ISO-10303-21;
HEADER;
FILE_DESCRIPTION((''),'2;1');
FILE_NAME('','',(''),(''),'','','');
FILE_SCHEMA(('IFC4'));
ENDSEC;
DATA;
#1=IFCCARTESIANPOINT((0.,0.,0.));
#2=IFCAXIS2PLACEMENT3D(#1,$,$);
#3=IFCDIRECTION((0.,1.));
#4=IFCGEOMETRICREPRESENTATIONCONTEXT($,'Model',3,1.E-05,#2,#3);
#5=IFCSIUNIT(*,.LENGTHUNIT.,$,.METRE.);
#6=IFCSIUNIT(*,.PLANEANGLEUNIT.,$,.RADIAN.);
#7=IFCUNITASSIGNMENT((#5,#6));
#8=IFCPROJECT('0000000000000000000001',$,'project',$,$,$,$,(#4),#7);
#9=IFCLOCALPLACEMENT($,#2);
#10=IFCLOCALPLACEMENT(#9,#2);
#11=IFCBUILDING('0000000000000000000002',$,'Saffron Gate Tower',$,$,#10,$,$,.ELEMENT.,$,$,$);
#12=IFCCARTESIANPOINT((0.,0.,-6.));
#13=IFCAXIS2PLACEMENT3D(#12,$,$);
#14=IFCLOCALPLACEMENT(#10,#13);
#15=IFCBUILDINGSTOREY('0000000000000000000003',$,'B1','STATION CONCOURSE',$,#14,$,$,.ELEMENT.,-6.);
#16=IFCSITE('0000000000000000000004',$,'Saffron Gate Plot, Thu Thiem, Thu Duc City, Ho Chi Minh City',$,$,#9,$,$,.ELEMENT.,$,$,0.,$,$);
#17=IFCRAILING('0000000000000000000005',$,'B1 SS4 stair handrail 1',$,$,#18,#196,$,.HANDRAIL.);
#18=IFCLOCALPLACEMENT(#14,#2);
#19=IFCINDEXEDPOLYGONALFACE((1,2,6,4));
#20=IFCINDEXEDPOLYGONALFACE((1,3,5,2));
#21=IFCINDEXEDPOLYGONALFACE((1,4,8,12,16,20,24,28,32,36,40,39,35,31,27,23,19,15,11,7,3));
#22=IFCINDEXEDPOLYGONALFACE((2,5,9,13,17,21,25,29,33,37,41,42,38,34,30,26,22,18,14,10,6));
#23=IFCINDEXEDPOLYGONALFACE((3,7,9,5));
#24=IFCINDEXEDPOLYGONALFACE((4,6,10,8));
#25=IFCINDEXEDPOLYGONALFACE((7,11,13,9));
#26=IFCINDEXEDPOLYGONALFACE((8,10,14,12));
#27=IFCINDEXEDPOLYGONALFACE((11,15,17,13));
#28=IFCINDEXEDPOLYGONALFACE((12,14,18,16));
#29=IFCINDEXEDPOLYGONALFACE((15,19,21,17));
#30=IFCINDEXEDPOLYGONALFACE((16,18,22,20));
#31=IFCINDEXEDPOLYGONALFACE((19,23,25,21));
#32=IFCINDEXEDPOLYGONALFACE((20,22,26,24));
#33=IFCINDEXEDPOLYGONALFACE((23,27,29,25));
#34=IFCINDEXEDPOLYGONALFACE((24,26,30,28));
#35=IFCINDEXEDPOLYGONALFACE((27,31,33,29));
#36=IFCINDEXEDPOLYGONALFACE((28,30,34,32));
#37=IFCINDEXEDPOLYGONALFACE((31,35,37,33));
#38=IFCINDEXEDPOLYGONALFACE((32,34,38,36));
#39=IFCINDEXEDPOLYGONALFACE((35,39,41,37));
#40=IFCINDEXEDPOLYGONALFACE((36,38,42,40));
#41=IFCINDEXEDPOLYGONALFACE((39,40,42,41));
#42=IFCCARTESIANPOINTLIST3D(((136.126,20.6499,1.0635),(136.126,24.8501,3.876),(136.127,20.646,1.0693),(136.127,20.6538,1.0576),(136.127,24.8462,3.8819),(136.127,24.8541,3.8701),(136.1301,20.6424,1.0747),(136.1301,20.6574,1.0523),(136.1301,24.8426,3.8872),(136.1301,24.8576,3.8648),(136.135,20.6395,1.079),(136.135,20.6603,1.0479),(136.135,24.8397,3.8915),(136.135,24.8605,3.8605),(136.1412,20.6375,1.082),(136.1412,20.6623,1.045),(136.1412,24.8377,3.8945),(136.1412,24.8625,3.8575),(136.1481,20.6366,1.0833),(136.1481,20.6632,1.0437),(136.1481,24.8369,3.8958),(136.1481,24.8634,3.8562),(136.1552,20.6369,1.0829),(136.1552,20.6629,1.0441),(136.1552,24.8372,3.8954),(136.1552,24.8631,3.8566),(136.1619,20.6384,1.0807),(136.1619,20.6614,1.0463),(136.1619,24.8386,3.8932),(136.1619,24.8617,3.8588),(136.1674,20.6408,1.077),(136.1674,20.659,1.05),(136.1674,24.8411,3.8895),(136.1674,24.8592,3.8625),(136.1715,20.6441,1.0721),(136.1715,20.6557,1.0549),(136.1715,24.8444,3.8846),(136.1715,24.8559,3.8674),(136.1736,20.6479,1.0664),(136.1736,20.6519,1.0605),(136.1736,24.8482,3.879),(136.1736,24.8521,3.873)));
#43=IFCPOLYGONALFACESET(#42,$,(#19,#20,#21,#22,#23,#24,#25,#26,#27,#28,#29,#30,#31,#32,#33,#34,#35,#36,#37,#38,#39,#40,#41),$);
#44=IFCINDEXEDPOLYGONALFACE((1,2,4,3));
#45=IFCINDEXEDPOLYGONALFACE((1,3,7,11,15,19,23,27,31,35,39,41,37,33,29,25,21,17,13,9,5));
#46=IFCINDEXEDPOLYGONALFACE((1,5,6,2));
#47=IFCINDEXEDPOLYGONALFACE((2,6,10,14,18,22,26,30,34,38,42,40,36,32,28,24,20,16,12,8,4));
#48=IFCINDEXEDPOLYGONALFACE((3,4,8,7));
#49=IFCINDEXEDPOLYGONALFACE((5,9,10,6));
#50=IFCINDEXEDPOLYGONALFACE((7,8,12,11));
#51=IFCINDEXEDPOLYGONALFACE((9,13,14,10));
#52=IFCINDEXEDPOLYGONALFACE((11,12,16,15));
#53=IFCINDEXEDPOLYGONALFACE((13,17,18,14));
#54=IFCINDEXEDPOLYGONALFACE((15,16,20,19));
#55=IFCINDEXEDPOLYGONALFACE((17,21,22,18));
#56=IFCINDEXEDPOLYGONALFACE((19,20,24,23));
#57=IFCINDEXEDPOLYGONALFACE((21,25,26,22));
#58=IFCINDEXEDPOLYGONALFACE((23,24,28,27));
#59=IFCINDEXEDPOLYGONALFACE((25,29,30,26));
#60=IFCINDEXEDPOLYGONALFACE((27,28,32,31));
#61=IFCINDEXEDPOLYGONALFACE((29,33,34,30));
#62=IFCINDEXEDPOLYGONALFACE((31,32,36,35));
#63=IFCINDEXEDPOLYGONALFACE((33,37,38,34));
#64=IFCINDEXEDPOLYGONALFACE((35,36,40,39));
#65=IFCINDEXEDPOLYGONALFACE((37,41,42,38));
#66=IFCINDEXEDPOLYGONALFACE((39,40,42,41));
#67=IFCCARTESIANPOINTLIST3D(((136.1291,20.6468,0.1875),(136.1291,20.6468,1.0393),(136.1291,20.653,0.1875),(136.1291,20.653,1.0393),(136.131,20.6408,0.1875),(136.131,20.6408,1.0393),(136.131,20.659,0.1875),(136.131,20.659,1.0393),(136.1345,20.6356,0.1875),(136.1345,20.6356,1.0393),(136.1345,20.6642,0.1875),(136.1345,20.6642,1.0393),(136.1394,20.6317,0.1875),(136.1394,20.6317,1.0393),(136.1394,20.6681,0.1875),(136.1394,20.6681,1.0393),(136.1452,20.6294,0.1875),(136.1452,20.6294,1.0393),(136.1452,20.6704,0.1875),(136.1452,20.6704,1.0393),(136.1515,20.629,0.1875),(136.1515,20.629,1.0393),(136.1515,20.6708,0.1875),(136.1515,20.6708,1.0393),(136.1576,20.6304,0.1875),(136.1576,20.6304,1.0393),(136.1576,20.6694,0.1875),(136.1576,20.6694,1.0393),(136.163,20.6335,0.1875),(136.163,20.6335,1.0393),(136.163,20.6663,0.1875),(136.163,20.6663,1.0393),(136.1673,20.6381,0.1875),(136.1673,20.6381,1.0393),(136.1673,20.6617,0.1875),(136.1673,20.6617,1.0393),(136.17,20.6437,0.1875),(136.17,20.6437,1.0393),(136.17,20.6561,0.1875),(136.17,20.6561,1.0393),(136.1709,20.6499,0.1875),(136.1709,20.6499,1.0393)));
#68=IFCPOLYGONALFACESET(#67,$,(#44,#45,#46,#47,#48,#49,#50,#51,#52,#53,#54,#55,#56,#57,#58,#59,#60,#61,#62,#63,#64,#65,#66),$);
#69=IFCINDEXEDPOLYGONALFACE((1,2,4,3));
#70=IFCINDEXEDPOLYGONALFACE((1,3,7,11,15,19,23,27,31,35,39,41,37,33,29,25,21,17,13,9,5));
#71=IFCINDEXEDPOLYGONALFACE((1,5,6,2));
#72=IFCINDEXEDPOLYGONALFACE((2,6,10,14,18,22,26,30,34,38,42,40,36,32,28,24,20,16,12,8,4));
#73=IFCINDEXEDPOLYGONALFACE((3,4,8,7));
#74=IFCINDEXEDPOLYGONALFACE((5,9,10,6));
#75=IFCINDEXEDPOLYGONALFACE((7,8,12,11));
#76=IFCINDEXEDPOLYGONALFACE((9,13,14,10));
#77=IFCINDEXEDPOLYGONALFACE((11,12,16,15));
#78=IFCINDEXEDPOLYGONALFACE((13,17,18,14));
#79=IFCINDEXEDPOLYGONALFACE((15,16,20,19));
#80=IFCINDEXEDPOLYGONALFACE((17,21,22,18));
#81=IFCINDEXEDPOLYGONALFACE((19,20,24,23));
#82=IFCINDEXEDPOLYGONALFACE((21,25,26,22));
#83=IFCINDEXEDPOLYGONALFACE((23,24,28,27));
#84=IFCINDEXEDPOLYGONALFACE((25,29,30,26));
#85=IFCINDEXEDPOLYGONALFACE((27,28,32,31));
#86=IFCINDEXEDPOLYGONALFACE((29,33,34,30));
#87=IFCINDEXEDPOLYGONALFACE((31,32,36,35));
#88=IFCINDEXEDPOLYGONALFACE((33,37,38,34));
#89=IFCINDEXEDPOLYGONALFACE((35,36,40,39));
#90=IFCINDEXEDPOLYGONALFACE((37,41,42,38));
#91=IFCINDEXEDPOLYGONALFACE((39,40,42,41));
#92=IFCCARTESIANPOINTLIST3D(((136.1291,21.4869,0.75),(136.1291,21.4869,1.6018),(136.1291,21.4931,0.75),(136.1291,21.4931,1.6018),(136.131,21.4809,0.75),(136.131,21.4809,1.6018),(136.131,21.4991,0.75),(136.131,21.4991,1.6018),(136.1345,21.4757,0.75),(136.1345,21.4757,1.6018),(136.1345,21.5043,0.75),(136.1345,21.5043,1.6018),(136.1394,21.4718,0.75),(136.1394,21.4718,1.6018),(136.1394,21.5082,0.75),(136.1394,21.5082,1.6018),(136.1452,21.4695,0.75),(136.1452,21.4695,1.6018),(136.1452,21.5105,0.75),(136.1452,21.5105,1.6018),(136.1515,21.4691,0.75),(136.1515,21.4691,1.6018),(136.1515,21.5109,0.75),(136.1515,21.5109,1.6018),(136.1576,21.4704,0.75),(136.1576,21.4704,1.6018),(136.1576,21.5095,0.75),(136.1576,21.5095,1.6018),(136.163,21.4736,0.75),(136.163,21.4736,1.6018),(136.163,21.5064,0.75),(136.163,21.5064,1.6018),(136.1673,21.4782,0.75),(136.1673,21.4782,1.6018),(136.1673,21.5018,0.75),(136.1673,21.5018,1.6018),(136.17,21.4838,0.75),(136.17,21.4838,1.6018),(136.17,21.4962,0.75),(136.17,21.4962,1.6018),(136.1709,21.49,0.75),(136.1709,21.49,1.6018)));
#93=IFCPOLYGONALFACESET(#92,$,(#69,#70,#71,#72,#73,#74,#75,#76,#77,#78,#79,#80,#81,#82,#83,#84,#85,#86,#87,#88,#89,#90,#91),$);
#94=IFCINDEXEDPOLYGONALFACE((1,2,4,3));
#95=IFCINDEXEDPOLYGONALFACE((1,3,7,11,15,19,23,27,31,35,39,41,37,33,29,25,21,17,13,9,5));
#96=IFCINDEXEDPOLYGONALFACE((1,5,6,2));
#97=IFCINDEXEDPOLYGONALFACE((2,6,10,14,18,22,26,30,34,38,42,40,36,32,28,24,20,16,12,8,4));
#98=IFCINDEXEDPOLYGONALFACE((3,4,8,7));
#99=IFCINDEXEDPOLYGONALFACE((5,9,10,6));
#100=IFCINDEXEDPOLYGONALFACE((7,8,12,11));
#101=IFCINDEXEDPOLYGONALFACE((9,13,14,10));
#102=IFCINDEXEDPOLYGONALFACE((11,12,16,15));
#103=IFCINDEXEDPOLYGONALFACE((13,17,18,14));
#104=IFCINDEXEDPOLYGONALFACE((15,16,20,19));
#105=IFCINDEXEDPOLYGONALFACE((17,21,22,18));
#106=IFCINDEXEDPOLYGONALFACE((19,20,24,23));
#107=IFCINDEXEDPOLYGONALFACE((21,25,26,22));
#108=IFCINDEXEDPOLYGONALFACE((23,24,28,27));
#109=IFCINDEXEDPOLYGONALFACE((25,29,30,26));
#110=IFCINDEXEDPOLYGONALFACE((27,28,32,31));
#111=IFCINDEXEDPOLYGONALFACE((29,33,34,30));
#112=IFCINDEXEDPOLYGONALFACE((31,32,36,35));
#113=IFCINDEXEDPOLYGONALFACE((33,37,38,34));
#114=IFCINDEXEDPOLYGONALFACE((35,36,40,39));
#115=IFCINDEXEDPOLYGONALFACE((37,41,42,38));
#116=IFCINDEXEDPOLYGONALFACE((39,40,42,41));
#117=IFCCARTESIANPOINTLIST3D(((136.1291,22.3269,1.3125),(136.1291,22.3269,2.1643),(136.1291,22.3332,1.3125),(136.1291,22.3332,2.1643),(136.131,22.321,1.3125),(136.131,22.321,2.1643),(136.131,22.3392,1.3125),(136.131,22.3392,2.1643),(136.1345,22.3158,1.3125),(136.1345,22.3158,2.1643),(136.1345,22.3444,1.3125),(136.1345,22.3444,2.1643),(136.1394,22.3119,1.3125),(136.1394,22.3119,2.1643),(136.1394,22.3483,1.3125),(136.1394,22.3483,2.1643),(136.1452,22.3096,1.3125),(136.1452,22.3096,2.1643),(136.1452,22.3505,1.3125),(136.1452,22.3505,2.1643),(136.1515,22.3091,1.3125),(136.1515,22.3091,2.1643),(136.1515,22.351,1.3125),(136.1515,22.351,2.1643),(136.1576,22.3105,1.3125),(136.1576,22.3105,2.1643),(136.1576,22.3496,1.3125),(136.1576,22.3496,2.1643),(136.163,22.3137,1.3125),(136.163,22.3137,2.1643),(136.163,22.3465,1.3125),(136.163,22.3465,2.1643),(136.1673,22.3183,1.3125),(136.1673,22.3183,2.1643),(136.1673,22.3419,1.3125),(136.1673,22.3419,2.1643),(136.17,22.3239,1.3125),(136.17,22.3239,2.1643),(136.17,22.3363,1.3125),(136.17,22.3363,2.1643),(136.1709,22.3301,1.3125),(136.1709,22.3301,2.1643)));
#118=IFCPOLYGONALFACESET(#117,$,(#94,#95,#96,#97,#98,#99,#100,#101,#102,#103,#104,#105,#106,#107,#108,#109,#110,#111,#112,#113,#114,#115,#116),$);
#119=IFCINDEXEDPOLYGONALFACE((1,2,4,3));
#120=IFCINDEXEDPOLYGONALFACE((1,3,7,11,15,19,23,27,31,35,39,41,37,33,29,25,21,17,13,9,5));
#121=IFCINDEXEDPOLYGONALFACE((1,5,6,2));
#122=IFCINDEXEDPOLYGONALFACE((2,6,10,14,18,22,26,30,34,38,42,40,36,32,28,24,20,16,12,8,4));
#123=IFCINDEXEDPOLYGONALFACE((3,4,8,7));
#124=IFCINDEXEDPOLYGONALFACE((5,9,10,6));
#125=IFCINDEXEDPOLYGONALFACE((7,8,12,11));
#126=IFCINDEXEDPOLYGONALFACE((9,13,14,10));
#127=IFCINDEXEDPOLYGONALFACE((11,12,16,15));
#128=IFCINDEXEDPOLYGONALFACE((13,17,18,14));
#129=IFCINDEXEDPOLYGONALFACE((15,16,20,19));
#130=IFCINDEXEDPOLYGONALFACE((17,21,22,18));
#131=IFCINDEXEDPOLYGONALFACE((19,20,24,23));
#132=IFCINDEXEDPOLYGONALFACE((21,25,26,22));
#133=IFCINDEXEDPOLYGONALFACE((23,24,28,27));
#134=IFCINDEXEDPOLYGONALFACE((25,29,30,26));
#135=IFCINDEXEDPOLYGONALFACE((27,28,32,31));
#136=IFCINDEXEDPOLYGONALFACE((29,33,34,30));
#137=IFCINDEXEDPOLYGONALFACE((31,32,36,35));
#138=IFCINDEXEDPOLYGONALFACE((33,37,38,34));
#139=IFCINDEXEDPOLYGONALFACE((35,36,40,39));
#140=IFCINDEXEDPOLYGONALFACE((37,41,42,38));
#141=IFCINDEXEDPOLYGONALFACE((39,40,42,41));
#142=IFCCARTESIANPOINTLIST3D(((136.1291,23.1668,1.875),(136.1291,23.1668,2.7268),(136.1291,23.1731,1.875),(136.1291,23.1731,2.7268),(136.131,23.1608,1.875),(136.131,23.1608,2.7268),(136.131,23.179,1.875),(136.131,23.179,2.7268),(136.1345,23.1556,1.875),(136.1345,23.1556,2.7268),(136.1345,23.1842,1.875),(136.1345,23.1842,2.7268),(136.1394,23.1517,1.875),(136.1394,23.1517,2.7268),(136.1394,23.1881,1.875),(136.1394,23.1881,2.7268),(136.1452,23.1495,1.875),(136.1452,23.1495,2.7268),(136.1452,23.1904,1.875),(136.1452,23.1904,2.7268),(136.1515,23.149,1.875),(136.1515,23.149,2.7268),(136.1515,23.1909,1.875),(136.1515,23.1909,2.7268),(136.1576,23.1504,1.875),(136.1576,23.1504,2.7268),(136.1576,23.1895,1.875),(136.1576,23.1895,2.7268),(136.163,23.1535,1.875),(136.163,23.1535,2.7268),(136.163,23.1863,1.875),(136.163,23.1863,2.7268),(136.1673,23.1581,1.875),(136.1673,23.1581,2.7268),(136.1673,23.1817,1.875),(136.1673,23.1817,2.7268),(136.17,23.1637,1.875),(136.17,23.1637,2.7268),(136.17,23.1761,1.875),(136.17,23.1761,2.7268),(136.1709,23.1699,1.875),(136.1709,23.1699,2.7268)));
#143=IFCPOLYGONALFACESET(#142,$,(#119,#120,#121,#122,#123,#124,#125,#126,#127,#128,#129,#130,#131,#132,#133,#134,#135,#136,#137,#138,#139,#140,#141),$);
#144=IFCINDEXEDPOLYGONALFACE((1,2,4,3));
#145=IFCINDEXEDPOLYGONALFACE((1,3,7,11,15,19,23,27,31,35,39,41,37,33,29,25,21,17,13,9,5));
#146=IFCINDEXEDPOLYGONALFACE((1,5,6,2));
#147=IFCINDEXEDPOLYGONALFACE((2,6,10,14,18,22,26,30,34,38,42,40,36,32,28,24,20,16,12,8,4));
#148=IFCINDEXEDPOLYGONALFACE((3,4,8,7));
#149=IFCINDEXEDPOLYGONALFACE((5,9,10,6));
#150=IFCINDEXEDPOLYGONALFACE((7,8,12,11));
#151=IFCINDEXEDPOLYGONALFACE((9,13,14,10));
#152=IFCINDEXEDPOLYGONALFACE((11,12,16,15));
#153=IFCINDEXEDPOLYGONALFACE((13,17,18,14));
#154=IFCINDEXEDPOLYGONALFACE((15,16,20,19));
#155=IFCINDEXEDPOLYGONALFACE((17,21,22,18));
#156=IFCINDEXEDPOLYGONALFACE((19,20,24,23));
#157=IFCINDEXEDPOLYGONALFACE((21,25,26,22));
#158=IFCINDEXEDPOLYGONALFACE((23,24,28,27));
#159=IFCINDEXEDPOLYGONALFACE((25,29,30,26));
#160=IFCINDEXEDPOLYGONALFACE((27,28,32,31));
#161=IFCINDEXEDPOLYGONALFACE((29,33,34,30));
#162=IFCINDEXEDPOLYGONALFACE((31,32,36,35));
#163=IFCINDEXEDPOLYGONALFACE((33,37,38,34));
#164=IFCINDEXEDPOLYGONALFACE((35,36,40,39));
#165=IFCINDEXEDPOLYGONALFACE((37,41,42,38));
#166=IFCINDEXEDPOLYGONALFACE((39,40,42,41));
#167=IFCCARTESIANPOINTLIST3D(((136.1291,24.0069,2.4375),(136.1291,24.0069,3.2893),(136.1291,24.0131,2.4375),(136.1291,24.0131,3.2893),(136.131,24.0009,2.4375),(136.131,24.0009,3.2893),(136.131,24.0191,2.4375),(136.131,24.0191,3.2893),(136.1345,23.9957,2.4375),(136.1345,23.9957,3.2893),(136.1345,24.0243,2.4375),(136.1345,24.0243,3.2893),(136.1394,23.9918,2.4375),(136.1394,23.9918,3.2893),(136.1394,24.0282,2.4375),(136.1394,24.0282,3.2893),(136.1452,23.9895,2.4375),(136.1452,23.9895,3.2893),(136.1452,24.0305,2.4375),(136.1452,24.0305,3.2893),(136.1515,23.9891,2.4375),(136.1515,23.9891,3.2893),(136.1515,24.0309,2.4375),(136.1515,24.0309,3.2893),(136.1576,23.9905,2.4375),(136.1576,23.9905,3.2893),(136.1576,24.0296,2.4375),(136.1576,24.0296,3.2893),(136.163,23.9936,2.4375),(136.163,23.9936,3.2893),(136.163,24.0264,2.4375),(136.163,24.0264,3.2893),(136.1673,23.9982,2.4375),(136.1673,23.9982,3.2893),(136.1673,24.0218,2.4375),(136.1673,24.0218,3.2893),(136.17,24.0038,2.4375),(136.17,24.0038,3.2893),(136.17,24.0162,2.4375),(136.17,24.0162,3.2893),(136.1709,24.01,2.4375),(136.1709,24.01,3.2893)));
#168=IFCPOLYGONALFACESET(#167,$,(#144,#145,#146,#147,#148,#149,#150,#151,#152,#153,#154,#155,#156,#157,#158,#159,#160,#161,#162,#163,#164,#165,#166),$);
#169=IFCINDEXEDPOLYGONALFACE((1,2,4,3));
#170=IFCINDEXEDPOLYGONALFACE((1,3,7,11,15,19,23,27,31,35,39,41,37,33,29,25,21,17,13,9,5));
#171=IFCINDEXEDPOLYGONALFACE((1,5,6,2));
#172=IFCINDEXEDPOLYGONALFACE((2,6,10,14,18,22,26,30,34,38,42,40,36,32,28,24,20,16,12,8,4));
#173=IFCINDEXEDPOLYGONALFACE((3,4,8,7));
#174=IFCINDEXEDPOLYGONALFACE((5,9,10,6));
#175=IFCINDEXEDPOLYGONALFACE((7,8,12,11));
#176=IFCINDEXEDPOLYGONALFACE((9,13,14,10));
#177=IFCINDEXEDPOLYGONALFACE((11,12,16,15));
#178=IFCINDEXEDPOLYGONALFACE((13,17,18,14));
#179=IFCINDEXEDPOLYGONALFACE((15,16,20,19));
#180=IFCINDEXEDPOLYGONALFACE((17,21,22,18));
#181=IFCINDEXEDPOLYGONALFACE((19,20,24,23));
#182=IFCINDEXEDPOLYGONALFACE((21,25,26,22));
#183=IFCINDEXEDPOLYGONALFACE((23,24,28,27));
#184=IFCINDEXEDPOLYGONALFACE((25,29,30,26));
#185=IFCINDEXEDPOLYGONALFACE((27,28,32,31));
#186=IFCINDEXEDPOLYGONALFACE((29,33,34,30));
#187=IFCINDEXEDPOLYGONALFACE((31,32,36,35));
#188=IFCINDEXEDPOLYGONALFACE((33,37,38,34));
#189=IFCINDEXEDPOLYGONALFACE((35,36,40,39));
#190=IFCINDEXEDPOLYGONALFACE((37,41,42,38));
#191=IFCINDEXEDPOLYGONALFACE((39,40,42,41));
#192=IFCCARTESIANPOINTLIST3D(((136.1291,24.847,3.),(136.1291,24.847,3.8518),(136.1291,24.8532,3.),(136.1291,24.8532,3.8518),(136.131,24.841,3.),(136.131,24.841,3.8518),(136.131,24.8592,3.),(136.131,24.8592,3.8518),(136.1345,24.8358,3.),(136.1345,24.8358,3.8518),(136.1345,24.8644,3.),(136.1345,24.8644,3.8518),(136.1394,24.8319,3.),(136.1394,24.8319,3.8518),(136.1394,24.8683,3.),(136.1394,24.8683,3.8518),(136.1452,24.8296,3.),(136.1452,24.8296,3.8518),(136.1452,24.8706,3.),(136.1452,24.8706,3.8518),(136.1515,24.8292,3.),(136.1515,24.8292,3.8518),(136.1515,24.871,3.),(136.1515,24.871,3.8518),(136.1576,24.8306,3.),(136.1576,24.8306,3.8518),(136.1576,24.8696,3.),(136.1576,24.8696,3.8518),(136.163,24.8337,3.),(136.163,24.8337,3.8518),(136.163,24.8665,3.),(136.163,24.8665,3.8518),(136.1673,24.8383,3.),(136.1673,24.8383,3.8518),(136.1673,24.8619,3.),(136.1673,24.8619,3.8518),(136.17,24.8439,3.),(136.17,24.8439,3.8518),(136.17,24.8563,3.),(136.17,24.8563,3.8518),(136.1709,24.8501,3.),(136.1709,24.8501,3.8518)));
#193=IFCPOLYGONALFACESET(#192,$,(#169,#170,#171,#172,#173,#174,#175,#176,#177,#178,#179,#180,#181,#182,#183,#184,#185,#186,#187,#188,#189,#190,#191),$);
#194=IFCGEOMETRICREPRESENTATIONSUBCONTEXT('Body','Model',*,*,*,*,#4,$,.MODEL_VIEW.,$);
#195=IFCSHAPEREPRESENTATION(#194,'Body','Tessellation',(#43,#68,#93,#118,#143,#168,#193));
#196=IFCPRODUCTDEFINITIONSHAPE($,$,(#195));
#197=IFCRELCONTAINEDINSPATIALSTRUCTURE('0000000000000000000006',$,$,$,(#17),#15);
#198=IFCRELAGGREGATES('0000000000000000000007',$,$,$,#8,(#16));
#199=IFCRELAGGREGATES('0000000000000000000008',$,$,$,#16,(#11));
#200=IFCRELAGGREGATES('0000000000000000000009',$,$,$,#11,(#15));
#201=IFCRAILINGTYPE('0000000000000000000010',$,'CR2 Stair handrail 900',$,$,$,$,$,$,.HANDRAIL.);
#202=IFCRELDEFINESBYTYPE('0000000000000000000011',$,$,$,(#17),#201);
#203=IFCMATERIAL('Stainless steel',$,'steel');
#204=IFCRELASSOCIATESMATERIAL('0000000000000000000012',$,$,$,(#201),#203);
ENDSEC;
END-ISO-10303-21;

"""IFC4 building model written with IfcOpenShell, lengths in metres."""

from ifc_helpers import new_model, si_unit, direction, frame, origin, origin_2d, place, context, subcontext, project, spatial, circle, extrude, material, type_object, element, save


model = new_model("IFC4")

# Units and contexts
model_context = context("Model", 3, precision=1e-05, world=origin(), true_north=direction((0.0, 1.0)))
body_context = subcontext(model_context, "Body", "Model", "MODEL_VIEW")
ifc_project = project(units=[si_unit("LENGTHUNIT", "METRE"), si_unit("PLANEANGLEUNIT", "RADIAN")], contexts=[model_context])

# Site, building, storey
site_placement = place(None, origin())
site = spatial("IfcSite", under=ifc_project, at=site_placement, Name="Saffron Gate Plot, Thu Thiem, Thu Duc City, Ho Chi Minh City", CompositionType="ELEMENT", RefElevation=0.0)
building_placement = place(site_placement, origin())
building = spatial("IfcBuilding", under=site, at=building_placement, Name="Saffron Gate Tower", CompositionType="ELEMENT")
storey_placement = place(building_placement, frame((0.0, 0.0, -6.0)))
storey = spatial("IfcBuildingStorey", under=building, at=storey_placement, Name="B1", Description="STATION CONCOURSE", CompositionType="ELEMENT", Elevation=-6.0)

# Railing
ifc_material_1 = material(Name="Stainless steel", Category="steel")
railing_type_1 = type_object("IfcRailingType", Name="CR2 Stair handrail 900", PredefinedType="HANDRAIL", material=ifc_material_1)
railing_1_placement = place(storey_placement, frame((136.1499, 20.6499, 0.1875)))
element("IfcRailing", 1, at=railing_1_placement, inside=storey, type_object=railing_type_1, Name="B1 SS4 stair handrail 1", PredefinedType="HANDRAIL", context=body_context, shape_type="SweptSolid", body=[
    extrude(circle(Radius=0.0239, at=origin_2d()), frame((0.0, 0.0, 0.876), z_axis=(0.0, 0.830919, 0.556393), x_axis=(-1.0, 0.0, 0.0)), (0.0, 0.0, 1.0), 5.0549),
    extrude(circle(Radius=0.021, at=origin_2d()), origin(), (0.0, 0.0, 1.0), 0.8518),
    extrude(circle(Radius=0.021, at=origin_2d()), frame((0.0, 0.8401, 0.5625)), (0.0, 0.0, 1.0), 0.8518),
    extrude(circle(Radius=0.021, at=origin_2d()), frame((0.0, 1.6802, 1.125)), (0.0, 0.0, 1.0), 0.8518),
    extrude(circle(Radius=0.021, at=origin_2d()), frame((0.0, 2.52, 1.6875)), (0.0, 0.0, 1.0), 0.8518),
    extrude(circle(Radius=0.021, at=origin_2d()), frame((0.0, 3.3601, 2.25)), (0.0, 0.0, 1.0), 0.8518),
    extrude(circle(Radius=0.021, at=origin_2d()), frame((0.0, 4.2002, 2.8125)), (0.0, 0.0, 1.0), 0.8518),
])

save(model, "model.ifc")
